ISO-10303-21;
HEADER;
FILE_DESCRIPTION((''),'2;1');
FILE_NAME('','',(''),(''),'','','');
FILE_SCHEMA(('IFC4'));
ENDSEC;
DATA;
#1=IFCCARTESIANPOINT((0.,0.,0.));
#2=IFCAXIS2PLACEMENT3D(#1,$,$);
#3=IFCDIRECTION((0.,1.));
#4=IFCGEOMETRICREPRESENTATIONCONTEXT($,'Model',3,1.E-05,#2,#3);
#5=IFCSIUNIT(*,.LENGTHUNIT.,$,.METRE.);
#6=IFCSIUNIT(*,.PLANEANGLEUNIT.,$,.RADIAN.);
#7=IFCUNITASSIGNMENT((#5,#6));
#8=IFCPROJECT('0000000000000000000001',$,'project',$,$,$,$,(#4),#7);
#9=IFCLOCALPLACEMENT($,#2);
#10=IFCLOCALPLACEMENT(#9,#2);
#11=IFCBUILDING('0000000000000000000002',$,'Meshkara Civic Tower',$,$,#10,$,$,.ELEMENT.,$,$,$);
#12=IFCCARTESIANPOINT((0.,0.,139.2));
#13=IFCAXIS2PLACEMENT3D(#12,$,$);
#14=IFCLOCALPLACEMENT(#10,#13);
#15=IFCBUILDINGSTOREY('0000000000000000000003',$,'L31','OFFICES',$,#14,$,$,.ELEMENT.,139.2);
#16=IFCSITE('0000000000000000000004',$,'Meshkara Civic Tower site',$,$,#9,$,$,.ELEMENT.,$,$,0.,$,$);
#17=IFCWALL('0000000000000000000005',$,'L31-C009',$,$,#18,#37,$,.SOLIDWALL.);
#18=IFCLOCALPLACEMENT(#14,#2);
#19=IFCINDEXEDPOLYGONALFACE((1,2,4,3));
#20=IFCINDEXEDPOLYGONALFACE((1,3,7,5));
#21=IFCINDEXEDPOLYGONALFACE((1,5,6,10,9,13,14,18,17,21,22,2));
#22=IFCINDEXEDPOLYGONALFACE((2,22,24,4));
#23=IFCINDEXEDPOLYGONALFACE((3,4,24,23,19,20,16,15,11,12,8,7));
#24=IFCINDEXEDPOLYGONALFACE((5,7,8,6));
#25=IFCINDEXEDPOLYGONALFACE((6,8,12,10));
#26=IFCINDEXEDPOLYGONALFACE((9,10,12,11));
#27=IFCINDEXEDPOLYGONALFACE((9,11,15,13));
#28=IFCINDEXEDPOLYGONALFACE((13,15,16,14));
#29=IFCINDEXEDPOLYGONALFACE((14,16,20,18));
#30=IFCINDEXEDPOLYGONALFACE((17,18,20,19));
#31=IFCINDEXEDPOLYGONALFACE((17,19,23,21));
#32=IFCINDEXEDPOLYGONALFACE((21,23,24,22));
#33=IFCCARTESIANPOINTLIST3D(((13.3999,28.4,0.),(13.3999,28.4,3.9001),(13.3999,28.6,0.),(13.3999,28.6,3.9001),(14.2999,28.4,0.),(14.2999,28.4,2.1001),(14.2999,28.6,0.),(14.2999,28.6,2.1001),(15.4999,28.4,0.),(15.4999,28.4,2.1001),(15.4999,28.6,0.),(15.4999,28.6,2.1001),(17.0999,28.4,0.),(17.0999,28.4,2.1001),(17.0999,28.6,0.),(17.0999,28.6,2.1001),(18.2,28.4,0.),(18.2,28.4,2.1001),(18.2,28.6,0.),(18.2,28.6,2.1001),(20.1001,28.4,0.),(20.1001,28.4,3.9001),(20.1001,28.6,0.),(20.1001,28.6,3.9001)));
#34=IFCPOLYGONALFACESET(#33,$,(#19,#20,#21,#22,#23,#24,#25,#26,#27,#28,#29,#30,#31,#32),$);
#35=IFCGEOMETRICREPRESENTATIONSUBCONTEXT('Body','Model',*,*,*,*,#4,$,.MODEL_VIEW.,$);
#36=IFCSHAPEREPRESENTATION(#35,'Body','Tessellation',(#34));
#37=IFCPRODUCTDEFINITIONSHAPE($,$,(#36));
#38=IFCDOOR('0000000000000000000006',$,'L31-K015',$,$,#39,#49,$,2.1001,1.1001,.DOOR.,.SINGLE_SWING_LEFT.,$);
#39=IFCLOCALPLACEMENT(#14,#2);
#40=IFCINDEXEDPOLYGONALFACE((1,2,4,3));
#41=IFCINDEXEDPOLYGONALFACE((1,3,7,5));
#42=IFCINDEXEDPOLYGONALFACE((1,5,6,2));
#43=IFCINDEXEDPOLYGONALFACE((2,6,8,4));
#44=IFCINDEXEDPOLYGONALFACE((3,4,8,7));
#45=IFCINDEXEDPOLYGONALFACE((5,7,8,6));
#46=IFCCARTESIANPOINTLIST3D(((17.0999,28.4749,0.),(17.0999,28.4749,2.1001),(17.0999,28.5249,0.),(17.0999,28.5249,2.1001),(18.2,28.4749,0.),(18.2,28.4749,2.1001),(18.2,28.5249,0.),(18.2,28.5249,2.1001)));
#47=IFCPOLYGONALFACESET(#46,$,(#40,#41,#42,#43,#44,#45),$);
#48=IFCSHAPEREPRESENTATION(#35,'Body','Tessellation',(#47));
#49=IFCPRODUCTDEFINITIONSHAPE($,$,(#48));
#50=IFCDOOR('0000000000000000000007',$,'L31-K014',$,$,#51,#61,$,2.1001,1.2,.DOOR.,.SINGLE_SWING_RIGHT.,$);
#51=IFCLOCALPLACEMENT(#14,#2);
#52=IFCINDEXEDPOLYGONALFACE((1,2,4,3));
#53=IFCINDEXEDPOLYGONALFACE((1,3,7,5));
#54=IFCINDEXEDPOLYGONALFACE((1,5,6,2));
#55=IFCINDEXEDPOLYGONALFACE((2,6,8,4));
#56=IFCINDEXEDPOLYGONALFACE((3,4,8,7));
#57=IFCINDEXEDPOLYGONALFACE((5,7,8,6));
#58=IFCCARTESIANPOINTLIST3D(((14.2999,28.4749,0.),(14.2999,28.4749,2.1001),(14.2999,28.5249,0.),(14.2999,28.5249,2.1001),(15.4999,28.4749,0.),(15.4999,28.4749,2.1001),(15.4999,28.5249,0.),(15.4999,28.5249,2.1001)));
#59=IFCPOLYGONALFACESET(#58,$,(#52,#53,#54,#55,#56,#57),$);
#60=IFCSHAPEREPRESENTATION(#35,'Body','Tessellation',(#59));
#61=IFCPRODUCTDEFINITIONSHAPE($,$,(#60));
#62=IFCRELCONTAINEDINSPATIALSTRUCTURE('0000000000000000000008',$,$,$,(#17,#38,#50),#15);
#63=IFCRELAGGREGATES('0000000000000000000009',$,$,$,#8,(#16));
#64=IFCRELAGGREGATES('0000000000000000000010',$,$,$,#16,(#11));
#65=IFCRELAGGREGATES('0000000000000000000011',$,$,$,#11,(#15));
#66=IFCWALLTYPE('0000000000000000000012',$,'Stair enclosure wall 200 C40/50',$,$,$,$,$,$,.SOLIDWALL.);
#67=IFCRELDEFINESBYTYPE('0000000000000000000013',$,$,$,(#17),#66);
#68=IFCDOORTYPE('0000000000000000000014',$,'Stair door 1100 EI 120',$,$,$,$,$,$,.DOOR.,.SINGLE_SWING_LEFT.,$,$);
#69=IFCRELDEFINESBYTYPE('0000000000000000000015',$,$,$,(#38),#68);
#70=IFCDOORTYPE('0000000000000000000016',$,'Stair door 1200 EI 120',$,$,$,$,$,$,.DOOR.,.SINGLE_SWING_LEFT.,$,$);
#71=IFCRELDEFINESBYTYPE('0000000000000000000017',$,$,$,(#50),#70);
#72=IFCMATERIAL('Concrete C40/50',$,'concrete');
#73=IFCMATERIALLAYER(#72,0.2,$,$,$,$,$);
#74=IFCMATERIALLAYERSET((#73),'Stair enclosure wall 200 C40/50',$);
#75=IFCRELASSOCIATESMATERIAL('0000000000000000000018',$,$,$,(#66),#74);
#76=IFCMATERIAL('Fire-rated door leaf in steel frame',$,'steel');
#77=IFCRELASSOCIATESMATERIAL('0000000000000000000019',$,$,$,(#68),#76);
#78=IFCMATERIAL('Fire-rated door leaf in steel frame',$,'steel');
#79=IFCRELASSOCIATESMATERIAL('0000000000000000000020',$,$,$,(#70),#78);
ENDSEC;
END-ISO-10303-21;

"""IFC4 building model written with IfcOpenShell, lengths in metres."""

from ifc_helpers import new_model, si_unit, direction, frame, frame_2d, origin, place, context, subcontext, project, spatial, rectangle, extrude, material, layer, layer_set, type_object, element, fill, save


model = new_model("IFC4")

# Units and contexts
model_context = context("Model", 3, precision=1e-05, world=origin(), true_north=direction((0.0, 1.0)))
body_context = subcontext(model_context, "Body", "Model", "MODEL_VIEW")
ifc_project = project(units=[si_unit("LENGTHUNIT", "METRE"), si_unit("PLANEANGLEUNIT", "RADIAN")], contexts=[model_context])

# Site, building, storey
site_placement = place(None, origin())
site = spatial("IfcSite", under=ifc_project, at=site_placement, Name="Meshkara Civic Tower site", CompositionType="ELEMENT", RefElevation=0.0)
building_placement = place(site_placement, origin())
building = spatial("IfcBuilding", under=site, at=building_placement, Name="Meshkara Civic Tower", CompositionType="ELEMENT")
storey_placement = place(building_placement, frame((0.0, 0.0, 139.2)))
storey = spatial("IfcBuildingStorey", under=building, at=storey_placement, Name="L31", Description="OFFICES", CompositionType="ELEMENT", Elevation=139.2)

# Wall, openings, doors
ifc_material_1 = material(Name="Concrete C40/50", Category="concrete")
ifc_layer_1 = layer(ifc_material_1, 0.2)
ifc_layer_set_1 = layer_set([ifc_layer_1], Name="Stair enclosure wall 200 C40/50")
wall_type_1 = type_object("IfcWallType", Name="Stair enclosure wall 200 C40/50", PredefinedType="SOLIDWALL", material=ifc_layer_set_1)
wall_1_placement = place(storey_placement, frame((13.3999, 28.5, 0.0), z_axis=(0.0, 0.0, 1.0), x_axis=(1.0, 0.0, 0.0)))
wall_1 = element("IfcWall", 1, at=wall_1_placement, inside=storey, type_object=wall_type_1, Name="L31-C009", PredefinedType="SOLIDWALL", context=body_context, shape_type="SweptSolid", body=[
    extrude(rectangle(XDim=6.7002, YDim=0.2, at=frame_2d((3.3501, 0.0))), origin(), (0.0, 0.0, 1.0), 3.9001),
])
opening_1_placement = place(wall_1_placement, frame((0.8999, 0.0, 0.0)))
opening_1 = element("IfcOpeningElement", 2, at=opening_1_placement, cuts=wall_1, PredefinedType="OPENING", context=body_context, shape_type="SweptSolid", body=[
    extrude(rectangle(XDim=1.2, YDim=2.1001, at=frame_2d((0.6001, 1.05))), frame((0.0, 0.1099, 0.0), z_axis=(0.0, -1.0, 0.0), x_axis=(1.0, 0.0, 0.0)), (0.0, 0.0, 1.0), 0.22),
])
opening_2_placement = place(wall_1_placement, frame((3.7, 0.0, 0.0)))
opening_2 = element("IfcOpeningElement", 3, at=opening_2_placement, cuts=wall_1, PredefinedType="OPENING", context=body_context, shape_type="SweptSolid", body=[
    extrude(rectangle(XDim=1.1001, YDim=2.1001, at=frame_2d((0.55, 1.05))), frame((0.0, 0.1099, 0.0), z_axis=(0.0, -1.0, 0.0), x_axis=(1.0, 0.0, 0.0)), (0.0, 0.0, 1.0), 0.22),
])
ifc_material_2 = material(Name="Fire-rated door leaf in steel frame", Category="steel")
door_type_1 = type_object("IfcDoorType", Name="Stair door 1100 EI 120", OperationType="SINGLE_SWING_LEFT", PredefinedType="DOOR", material=ifc_material_2)
door_1_placement = place(opening_2_placement, origin())
door_1 = element("IfcDoor", 4, at=door_1_placement, inside=storey, type_object=door_type_1, Name="L31-K015", OperationType="SINGLE_SWING_LEFT", OverallHeight=2.1001, OverallWidth=1.1001, PredefinedType="DOOR", context=body_context, shape_type="SweptSolid", body=[
    extrude(rectangle(XDim=1.1001, YDim=2.1001, at=frame_2d((0.55, 1.05))), frame((0.0, 0.0249, 0.0), z_axis=(0.0, -1.0, 0.0), x_axis=(1.0, 0.0, 0.0)), (0.0, 0.0, 1.0), 0.05),
])
fill(opening_2, door_1)
ifc_material_3 = material(Name="Fire-rated door leaf in steel frame", Category="steel")
door_type_2 = type_object("IfcDoorType", Name="Stair door 1200 EI 120", OperationType="SINGLE_SWING_LEFT", PredefinedType="DOOR", material=ifc_material_3)
door_2_placement = place(opening_1_placement, origin())
door_2 = element("IfcDoor", 5, at=door_2_placement, inside=storey, type_object=door_type_2, Name="L31-K014", OperationType="SINGLE_SWING_RIGHT", OverallHeight=2.1001, OverallWidth=1.2, PredefinedType="DOOR", context=body_context, shape_type="SweptSolid", body=[
    extrude(rectangle(XDim=1.2, YDim=2.1001, at=frame_2d((0.6001, 1.05))), frame((0.0, 0.0249, 0.0), z_axis=(0.0, -1.0, 0.0), x_axis=(1.0, 0.0, 0.0)), (0.0, 0.0, 1.0), 0.05),
])
fill(opening_1, door_2)

save(model, "model.ifc")
